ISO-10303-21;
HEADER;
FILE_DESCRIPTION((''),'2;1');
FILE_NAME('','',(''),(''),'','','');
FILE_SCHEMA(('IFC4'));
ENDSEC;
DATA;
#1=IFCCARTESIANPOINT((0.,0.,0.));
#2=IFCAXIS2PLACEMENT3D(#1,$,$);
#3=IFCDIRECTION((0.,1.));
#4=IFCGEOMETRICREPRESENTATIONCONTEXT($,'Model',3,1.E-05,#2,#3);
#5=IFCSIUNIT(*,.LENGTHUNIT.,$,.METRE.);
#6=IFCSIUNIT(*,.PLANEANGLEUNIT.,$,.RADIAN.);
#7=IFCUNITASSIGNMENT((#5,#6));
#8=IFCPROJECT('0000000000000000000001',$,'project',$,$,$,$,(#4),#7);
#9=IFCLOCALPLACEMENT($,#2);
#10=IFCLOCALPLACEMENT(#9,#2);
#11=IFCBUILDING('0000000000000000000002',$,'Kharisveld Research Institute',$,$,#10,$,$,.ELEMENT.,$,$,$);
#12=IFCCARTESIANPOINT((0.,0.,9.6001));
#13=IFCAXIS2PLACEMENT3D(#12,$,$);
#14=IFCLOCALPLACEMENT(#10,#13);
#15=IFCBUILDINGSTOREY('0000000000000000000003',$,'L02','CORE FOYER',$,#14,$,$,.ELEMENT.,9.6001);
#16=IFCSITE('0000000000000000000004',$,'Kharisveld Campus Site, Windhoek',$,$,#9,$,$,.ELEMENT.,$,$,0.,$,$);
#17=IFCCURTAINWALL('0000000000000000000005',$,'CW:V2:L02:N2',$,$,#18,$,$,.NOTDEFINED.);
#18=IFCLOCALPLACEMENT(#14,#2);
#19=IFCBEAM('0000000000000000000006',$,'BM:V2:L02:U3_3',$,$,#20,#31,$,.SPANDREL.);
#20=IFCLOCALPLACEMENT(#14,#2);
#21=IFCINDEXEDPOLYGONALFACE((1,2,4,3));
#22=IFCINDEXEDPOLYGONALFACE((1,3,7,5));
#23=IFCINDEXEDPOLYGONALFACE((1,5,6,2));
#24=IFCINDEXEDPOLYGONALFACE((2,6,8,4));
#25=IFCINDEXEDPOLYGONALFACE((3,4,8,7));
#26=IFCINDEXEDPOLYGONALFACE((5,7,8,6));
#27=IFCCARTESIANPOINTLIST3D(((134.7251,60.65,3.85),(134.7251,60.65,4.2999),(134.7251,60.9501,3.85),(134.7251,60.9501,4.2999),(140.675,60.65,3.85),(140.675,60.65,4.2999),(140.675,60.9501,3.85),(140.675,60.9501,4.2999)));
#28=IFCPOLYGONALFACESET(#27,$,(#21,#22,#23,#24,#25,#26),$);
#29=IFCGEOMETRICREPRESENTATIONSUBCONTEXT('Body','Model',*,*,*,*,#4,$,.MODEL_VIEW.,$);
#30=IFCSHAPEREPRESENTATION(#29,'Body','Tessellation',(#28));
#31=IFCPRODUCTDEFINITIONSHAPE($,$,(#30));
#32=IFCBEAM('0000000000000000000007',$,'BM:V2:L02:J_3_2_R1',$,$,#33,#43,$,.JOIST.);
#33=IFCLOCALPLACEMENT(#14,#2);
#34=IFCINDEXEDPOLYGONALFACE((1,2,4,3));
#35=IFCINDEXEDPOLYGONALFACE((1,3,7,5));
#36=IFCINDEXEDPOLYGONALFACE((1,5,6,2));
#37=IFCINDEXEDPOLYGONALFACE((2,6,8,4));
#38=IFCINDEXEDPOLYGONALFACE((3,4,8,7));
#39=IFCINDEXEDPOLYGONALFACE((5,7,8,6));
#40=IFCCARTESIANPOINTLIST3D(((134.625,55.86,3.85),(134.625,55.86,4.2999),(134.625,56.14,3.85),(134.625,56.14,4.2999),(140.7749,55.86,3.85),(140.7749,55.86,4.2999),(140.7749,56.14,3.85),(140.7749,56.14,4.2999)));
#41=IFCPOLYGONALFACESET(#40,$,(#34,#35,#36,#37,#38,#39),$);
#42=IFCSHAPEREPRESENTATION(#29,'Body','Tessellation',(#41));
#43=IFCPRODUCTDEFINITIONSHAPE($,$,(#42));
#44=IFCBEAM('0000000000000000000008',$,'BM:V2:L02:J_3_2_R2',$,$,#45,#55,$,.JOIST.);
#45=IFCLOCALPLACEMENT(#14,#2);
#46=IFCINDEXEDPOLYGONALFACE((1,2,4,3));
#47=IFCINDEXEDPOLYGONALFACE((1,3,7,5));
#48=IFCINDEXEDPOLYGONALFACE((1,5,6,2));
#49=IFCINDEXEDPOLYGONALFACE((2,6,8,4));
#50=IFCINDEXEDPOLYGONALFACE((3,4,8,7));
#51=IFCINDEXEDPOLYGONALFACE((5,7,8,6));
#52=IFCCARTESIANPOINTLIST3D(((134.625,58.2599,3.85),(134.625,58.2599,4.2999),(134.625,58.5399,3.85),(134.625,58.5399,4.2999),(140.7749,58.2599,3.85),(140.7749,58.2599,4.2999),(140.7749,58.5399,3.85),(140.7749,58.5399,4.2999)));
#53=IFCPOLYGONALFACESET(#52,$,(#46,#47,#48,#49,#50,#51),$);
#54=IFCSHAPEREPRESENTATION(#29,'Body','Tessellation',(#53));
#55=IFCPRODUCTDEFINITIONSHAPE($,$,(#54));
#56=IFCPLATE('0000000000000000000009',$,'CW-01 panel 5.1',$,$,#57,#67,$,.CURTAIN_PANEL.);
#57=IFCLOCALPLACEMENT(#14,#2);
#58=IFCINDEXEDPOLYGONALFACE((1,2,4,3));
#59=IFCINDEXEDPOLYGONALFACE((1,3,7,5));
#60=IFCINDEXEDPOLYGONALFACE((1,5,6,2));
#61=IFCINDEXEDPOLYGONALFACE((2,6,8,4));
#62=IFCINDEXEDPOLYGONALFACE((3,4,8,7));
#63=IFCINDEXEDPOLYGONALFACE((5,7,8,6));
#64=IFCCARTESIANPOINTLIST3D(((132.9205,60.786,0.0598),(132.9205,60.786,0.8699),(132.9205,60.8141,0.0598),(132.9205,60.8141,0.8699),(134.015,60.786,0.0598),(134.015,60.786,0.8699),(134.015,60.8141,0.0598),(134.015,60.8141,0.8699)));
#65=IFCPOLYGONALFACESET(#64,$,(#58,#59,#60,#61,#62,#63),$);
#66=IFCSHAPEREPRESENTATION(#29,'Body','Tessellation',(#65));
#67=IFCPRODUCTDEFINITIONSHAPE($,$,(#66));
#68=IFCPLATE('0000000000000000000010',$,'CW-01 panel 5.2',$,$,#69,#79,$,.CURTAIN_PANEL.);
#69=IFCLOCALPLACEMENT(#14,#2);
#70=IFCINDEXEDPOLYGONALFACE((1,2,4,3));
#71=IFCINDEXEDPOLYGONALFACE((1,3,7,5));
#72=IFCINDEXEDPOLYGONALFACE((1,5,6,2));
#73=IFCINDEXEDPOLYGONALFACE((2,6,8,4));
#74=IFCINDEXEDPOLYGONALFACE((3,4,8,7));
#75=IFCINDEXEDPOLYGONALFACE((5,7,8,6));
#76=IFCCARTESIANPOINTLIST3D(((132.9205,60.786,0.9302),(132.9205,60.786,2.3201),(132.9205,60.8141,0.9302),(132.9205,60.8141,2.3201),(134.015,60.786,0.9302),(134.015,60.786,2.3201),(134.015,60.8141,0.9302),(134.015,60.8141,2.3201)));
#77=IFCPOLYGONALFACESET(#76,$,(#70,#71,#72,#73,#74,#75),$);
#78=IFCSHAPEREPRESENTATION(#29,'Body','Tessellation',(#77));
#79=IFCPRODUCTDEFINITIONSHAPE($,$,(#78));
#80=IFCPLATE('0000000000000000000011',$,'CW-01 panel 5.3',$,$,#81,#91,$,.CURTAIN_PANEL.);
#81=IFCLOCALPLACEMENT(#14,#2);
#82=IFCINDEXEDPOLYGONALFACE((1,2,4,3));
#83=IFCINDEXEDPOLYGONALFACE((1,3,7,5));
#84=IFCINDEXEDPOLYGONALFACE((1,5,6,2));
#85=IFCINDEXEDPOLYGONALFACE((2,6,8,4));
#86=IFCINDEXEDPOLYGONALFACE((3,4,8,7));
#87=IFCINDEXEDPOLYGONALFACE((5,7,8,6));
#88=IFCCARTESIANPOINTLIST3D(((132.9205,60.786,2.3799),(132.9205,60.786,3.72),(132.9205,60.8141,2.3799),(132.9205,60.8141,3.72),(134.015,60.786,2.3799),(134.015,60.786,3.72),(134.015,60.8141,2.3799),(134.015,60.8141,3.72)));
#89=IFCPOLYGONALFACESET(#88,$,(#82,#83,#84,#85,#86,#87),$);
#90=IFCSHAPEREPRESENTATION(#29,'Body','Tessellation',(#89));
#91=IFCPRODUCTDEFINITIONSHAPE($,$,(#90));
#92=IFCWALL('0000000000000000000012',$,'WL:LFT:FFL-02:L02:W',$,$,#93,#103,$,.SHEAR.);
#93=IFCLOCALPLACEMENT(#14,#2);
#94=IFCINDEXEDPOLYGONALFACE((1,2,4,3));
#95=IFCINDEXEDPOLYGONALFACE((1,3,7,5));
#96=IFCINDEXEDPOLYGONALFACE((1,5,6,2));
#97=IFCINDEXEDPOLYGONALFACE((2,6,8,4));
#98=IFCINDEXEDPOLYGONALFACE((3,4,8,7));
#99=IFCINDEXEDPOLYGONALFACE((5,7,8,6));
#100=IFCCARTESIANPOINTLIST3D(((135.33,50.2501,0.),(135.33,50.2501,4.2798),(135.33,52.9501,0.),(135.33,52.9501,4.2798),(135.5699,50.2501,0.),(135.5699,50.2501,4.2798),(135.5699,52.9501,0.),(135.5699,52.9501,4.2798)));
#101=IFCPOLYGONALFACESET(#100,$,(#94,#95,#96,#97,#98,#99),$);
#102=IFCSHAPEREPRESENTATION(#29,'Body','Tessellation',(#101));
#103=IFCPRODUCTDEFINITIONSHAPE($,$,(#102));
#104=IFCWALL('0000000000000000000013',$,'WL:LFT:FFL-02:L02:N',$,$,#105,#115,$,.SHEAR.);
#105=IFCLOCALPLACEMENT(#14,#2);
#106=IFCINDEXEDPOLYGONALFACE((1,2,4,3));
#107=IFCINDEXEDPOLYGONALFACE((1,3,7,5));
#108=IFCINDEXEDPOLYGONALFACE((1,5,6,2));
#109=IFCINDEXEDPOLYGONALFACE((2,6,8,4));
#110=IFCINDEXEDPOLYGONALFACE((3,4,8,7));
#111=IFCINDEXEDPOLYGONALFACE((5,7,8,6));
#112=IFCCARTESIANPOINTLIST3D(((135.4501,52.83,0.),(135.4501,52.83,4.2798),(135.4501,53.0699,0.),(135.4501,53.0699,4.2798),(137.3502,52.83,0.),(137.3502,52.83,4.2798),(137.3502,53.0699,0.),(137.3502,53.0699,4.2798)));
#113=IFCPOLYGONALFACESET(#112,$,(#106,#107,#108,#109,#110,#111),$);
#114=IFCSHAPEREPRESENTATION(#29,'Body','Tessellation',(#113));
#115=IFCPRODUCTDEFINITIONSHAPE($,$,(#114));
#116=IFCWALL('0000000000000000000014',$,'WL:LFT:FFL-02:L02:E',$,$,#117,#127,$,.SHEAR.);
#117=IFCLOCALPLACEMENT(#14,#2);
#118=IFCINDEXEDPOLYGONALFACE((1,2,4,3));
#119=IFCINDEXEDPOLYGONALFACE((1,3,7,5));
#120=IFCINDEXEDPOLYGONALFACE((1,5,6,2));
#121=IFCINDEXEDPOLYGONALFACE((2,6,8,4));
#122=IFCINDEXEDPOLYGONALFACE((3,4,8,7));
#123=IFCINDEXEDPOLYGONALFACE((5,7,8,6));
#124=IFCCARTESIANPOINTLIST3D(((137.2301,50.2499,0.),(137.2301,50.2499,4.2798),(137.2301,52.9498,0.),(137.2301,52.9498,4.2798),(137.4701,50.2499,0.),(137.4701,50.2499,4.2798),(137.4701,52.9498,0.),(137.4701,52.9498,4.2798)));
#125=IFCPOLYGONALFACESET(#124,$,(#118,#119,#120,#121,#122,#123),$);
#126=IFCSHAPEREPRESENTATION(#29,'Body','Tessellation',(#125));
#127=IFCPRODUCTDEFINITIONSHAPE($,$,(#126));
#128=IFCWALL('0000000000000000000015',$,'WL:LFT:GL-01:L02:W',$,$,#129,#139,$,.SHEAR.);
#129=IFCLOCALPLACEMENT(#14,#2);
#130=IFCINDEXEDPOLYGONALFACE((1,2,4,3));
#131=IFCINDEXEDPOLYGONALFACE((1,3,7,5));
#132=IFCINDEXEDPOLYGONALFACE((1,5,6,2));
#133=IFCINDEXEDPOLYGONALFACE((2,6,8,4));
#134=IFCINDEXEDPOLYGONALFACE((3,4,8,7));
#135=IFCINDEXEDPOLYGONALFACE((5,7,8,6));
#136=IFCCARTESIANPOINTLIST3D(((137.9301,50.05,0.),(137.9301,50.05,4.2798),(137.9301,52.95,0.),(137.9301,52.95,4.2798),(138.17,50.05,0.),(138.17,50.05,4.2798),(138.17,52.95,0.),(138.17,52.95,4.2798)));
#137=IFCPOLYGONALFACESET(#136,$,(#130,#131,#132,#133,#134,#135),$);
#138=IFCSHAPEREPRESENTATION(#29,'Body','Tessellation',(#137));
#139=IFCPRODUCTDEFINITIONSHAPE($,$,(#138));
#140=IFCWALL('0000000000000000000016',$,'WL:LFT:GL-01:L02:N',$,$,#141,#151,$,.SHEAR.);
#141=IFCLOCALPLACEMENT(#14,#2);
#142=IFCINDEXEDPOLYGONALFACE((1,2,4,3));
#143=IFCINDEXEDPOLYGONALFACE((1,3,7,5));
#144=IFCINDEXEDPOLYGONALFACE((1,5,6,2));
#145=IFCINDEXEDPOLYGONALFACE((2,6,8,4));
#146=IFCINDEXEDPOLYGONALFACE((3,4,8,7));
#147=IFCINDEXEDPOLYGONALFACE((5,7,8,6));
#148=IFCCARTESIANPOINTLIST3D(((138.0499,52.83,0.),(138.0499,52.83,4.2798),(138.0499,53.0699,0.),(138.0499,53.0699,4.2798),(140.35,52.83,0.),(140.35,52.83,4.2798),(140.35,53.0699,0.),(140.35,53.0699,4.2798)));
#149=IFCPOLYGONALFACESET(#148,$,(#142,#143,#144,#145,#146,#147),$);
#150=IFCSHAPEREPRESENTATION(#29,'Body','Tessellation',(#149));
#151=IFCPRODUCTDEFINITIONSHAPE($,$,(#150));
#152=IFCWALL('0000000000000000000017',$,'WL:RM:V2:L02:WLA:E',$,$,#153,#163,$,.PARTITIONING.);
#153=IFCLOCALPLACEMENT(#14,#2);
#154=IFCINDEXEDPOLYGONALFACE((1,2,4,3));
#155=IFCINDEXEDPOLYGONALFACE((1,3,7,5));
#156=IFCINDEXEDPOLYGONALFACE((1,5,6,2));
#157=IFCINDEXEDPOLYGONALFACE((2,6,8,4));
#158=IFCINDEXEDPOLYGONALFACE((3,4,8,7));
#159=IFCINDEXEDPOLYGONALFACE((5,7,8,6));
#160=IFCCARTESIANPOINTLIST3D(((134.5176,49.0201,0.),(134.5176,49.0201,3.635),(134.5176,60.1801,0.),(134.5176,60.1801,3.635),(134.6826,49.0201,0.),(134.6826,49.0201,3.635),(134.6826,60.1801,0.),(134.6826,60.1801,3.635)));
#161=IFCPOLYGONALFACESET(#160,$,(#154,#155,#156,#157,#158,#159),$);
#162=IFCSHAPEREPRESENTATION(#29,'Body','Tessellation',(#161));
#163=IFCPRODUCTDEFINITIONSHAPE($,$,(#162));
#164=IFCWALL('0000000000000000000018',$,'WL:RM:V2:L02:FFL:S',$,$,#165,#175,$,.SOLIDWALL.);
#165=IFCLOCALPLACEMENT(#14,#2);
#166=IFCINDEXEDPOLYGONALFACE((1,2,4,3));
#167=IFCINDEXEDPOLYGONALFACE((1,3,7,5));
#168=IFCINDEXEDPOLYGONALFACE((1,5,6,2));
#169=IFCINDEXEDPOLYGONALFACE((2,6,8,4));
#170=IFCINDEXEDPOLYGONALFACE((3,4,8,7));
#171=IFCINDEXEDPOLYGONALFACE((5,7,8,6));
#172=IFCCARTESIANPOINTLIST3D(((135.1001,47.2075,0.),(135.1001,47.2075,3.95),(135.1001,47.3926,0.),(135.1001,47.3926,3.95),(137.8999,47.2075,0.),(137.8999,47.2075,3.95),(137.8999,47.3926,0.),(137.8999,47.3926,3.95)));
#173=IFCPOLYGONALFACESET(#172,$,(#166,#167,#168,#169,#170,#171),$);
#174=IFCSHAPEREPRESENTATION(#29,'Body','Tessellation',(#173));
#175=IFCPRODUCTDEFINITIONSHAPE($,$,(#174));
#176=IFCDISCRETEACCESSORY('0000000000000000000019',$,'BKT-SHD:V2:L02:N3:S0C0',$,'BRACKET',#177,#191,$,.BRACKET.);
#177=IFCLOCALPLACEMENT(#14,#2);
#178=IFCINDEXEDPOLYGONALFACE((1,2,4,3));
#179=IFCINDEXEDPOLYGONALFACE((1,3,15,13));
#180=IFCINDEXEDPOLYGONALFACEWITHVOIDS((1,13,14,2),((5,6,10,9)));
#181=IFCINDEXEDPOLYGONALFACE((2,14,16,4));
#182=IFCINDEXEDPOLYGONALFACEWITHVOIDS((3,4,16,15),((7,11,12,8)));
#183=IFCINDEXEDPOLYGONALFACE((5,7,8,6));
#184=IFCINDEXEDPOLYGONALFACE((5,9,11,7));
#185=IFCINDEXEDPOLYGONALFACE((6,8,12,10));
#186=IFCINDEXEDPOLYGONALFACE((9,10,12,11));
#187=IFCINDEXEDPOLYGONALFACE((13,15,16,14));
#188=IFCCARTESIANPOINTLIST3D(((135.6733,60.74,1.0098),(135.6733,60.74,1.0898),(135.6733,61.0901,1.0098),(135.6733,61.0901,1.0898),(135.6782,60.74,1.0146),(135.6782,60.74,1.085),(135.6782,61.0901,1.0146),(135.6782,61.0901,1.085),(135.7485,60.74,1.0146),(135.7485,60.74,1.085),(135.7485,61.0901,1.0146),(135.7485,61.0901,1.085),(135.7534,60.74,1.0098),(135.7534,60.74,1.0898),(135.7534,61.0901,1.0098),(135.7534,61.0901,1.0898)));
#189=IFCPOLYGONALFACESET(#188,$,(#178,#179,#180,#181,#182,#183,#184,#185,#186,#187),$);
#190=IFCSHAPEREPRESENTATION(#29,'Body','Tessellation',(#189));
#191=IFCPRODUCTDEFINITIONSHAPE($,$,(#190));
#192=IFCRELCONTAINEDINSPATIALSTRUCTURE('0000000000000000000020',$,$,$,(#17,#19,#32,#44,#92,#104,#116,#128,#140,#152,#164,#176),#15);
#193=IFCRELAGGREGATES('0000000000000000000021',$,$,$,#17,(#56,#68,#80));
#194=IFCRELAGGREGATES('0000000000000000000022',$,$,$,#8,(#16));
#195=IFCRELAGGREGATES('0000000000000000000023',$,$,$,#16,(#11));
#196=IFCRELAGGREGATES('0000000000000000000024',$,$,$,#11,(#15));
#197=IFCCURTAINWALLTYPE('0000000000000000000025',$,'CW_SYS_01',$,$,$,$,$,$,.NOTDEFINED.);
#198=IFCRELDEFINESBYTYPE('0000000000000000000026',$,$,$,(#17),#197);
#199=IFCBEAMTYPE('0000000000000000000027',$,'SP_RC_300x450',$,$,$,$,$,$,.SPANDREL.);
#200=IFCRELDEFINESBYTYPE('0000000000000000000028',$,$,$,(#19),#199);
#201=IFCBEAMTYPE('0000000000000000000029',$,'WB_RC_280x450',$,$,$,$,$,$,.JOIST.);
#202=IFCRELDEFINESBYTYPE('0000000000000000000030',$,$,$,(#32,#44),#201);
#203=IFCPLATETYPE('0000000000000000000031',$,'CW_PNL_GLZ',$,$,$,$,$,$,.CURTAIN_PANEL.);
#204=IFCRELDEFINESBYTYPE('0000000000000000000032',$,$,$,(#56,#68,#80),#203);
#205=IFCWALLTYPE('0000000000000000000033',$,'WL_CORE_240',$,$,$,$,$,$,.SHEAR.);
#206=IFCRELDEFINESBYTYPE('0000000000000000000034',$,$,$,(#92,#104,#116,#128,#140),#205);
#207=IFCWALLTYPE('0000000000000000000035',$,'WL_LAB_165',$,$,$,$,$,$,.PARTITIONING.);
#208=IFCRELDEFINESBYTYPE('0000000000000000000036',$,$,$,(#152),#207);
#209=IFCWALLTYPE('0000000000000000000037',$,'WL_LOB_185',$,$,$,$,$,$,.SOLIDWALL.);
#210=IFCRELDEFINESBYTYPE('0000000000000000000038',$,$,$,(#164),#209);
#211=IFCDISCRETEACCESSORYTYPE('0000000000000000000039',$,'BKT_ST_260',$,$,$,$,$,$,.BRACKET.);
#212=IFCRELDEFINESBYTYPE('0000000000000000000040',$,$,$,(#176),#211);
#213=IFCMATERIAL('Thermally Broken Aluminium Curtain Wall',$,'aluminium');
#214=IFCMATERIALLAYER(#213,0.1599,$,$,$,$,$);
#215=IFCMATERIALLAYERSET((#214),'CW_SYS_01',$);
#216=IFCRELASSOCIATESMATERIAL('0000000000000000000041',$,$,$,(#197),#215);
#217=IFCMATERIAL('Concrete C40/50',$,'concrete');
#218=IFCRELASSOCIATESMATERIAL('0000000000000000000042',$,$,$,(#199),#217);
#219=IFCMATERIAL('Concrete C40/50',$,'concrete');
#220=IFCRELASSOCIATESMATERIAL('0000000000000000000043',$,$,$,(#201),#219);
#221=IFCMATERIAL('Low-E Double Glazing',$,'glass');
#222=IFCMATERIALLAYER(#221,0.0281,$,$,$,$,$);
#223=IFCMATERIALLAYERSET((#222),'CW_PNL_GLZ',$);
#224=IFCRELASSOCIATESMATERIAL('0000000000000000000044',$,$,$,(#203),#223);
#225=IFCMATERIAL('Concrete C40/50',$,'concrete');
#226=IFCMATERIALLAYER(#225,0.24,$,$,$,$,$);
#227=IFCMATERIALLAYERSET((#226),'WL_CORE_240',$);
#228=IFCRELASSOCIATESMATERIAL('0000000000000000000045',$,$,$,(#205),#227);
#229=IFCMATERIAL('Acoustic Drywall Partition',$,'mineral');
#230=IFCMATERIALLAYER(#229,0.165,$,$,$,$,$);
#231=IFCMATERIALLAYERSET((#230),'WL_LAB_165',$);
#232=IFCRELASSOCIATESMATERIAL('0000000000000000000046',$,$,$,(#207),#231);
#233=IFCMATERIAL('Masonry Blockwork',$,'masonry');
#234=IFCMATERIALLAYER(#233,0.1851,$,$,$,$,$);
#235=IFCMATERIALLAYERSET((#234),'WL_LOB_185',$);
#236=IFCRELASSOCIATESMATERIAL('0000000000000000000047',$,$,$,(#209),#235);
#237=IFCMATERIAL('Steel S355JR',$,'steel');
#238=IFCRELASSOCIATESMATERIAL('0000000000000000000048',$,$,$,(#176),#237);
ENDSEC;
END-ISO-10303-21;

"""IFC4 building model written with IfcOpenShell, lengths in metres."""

from ifc_helpers import new_model, si_unit, direction, frame, frame_2d, origin, origin_2d, place, context, subcontext, project, spatial, rectangle, hollow_rectangle, extrude, material, layer, layer_set, material_profile, profile_set, type_object, element, aggregate, save


model = new_model("IFC4")

# Units and contexts
model_context = context("Model", 3, precision=1e-05, world=origin(), true_north=direction((0.0, 1.0)))
body_context = subcontext(model_context, "Body", "Model", "MODEL_VIEW")
ifc_project = project(units=[si_unit("LENGTHUNIT", "METRE"), si_unit("PLANEANGLEUNIT", "RADIAN")], contexts=[model_context])

# Site, building, storey
site_placement = place(None, origin())
site = spatial("IfcSite", under=ifc_project, at=site_placement, Name="Kharisveld Campus Site, Windhoek", CompositionType="ELEMENT", RefElevation=0.0)
building_placement = place(site_placement, origin())
building = spatial("IfcBuilding", under=site, at=building_placement, Name="Kharisveld Research Institute", CompositionType="ELEMENT")
storey_placement = place(building_placement, frame((0.0, 0.0, 9.6001)))
storey = spatial("IfcBuildingStorey", under=building, at=storey_placement, Name="L02", Description="CORE FOYER", CompositionType="ELEMENT", Elevation=9.6001)

# Curtain wall
ifc_material_1 = material(Name="Thermally Broken Aluminium Curtain Wall", Category="aluminium")
ifc_layer_1 = layer(ifc_material_1, 0.1599)
ifc_layer_set_1 = layer_set([ifc_layer_1], Name="CW_SYS_01")
curtain_wall_type_1 = type_object("IfcCurtainWallType", Name="CW_SYS_01", PredefinedType="NOTDEFINED", material=ifc_layer_set_1)
curtain_wall_1_placement = place(storey_placement, origin())
curtain_wall_1 = element("IfcCurtainWall", 1, at=curtain_wall_1_placement, inside=storey, type_object=curtain_wall_type_1, Name="CW:V2:L02:N2", PredefinedType="NOTDEFINED")

# Beams
ifc_material_2 = material(Name="Concrete C40/50", Category="concrete")
ifc_material_profile_1 = material_profile(ifc_material_2, rectangle(XDim=0.3, YDim=0.45, at=origin_2d()))
ifc_profile_set_1 = profile_set([ifc_material_profile_1], Name="Concrete C40/50")
beam_type_1 = type_object("IfcBeamType", Name="SP_RC_300x450", PredefinedType="SPANDREL", material=ifc_profile_set_1)
beam_1_placement = place(storey_placement, frame((134.7251, 60.8, 4.075), z_axis=(1.0, 0.0, 0.0), x_axis=(0.0, 1.0, 0.0)))
element("IfcBeam", 2, at=beam_1_placement, inside=storey, type_object=beam_type_1, Name="BM:V2:L02:U3_3", PredefinedType="SPANDREL", context=body_context, shape_type="SweptSolid", body=[
    extrude(rectangle(XDim=0.3, YDim=0.45, at=origin_2d()), origin(), (0.0, 0.0, 1.0), 5.95),
])
ifc_material_3 = material(Name="Concrete C40/50", Category="concrete")
ifc_material_profile_2 = material_profile(ifc_material_3, rectangle(XDim=0.28, YDim=0.45, at=origin_2d()))
ifc_profile_set_2 = profile_set([ifc_material_profile_2], Name="Concrete C40/50")
beam_type_2 = type_object("IfcBeamType", Name="WB_RC_280x450", PredefinedType="JOIST", material=ifc_profile_set_2)
for number, where, z_axis, x_axis, name in (
    (3, (134.625, 56.0, 4.075), (1.0, 0.0, 0.0), (0.0, 1.0, 0.0), "BM:V2:L02:J_3_2_R1"),
    (4, (134.625, 58.3999, 4.075), (1.0, 0.0, 0.0), (0.0, 1.0, 0.0), "BM:V2:L02:J_3_2_R2"),
):
    element("IfcBeam", number, at=place(storey_placement, frame(where, z_axis=z_axis, x_axis=x_axis)), inside=storey, type_object=beam_type_2, Name=name, PredefinedType="JOIST", context=body_context, shape_type="SweptSolid", body=[
        extrude(rectangle(XDim=0.28, YDim=0.45, at=origin_2d()), origin(), (0.0, 0.0, 1.0), 6.1499),
    ])

# Plates
ifc_material_4 = material(Name="Low-E Double Glazing", Category="glass")
ifc_layer_2 = layer(ifc_material_4, 0.0281)
ifc_layer_set_2 = layer_set([ifc_layer_2], Name="CW_PNL_GLZ")
plate_type = type_object("IfcPlateType", Name="CW_PNL_GLZ", PredefinedType="CURTAIN_PANEL", material=ifc_layer_set_2)
plate_1_placement = place(storey_placement, frame((133.4678, 60.8, 0.0598), z_axis=(0.0, 0.0, 1.0), x_axis=(1.0, 0.0, 0.0)))
plate_1 = element("IfcPlate", 5, at=plate_1_placement, type_object=plate_type, Name="CW-01 panel 5.1", PredefinedType="CURTAIN_PANEL", context=body_context, shape_type="SweptSolid", body=[
    extrude(rectangle(XDim=1.0945, YDim=0.0281, at=origin_2d()), origin(), (0.0, 0.0, 1.0), 0.8101),
])
plate_2_placement = place(storey_placement, frame((133.4678, 60.8, 0.9302), z_axis=(0.0, 0.0, 1.0), x_axis=(1.0, 0.0, 0.0)))
plate_2 = element("IfcPlate", 6, at=plate_2_placement, type_object=plate_type, Name="CW-01 panel 5.2", PredefinedType="CURTAIN_PANEL", context=body_context, shape_type="SweptSolid", body=[
    extrude(rectangle(XDim=1.0945, YDim=0.0281, at=origin_2d()), origin(), (0.0, 0.0, 1.0), 1.3899),
])
plate_3_placement = place(storey_placement, frame((133.4678, 60.8, 2.3799), z_axis=(0.0, 0.0, 1.0), x_axis=(1.0, 0.0, 0.0)))
plate_3 = element("IfcPlate", 7, at=plate_3_placement, type_object=plate_type, Name="CW-01 panel 5.3", PredefinedType="CURTAIN_PANEL", context=body_context, shape_type="SweptSolid", body=[
    extrude(rectangle(XDim=1.0945, YDim=0.0281, at=origin_2d()), origin(), (0.0, 0.0, 1.0), 1.3401),
])
aggregate(curtain_wall_1, [plate_1, plate_2, plate_3])

# Walls
ifc_material_5 = material(Name="Concrete C40/50", Category="concrete")
ifc_layer_3 = layer(ifc_material_5, 0.24)
ifc_layer_set_3 = layer_set([ifc_layer_3], Name="WL_CORE_240")
wall_type_1 = type_object("IfcWallType", Name="WL_CORE_240", PredefinedType="SHEAR", material=ifc_layer_set_3)
wall_1_placement = place(storey_placement, frame((135.45, 50.25, 0.0), z_axis=(0.0, 0.0, 1.0), x_axis=(0.0, 1.0, 0.0)))
element("IfcWall", 8, at=wall_1_placement, inside=storey, type_object=wall_type_1, Name="WL:LFT:FFL-02:L02:W", PredefinedType="SHEAR", context=body_context, shape_type="SweptSolid", body=[
    extrude(rectangle(XDim=2.7, YDim=0.24, at=frame_2d((1.3501, 0.0))), origin(), (0.0, 0.0, 1.0), 4.2798),
])
wall_2_placement = place(storey_placement, frame((135.45, 52.95, 0.0), z_axis=(0.0, 0.0, 1.0), x_axis=(1.0, 0.0, 0.0)))
element("IfcWall", 9, at=wall_2_placement, inside=storey, type_object=wall_type_1, Name="WL:LFT:FFL-02:L02:N", PredefinedType="SHEAR", context=body_context, shape_type="SweptSolid", body=[
    extrude(rectangle(XDim=1.9001, YDim=0.24, at=frame_2d((0.9502, 0.0))), origin(), (0.0, 0.0, 1.0), 4.2798),
])
wall_3_placement = place(storey_placement, frame((137.3501, 52.95, 0.0), z_axis=(0.0, 0.0, 1.0), x_axis=(0.0, -1.0, 0.0)))
element("IfcWall", 10, at=wall_3_placement, inside=storey, type_object=wall_type_1, Name="WL:LFT:FFL-02:L02:E", PredefinedType="SHEAR", context=body_context, shape_type="SweptSolid", body=[
    extrude(rectangle(XDim=2.7, YDim=0.24, at=frame_2d((1.3501, 0.0))), origin(), (0.0, 0.0, 1.0), 4.2798),
])

# Walls
wall_4_placement = place(storey_placement, frame((138.05, 50.05, 0.0), z_axis=(0.0, 0.0, 1.0), x_axis=(0.0, 1.0, 0.0)))
element("IfcWall", 11, at=wall_4_placement, inside=storey, type_object=wall_type_1, Name="WL:LFT:GL-01:L02:W", PredefinedType="SHEAR", context=body_context, shape_type="SweptSolid", body=[
    extrude(rectangle(XDim=2.8999, YDim=0.24, at=frame_2d((1.45, 0.0))), origin(), (0.0, 0.0, 1.0), 4.2798),
])
wall_5_placement = place(storey_placement, frame((138.05, 52.95, 0.0), z_axis=(0.0, 0.0, 1.0), x_axis=(1.0, 0.0, 0.0)))
element("IfcWall", 12, at=wall_5_placement, inside=storey, type_object=wall_type_1, Name="WL:LFT:GL-01:L02:N", PredefinedType="SHEAR", context=body_context, shape_type="SweptSolid", body=[
    extrude(rectangle(XDim=2.3, YDim=0.24, at=frame_2d((1.1499, 0.0))), origin(), (0.0, 0.0, 1.0), 4.2798),
])
ifc_material_6 = material(Name="Acoustic Drywall Partition", Category="mineral")
ifc_layer_4 = layer(ifc_material_6, 0.165)
ifc_layer_set_4 = layer_set([ifc_layer_4], Name="WL_LAB_165")
wall_type_2 = type_object("IfcWallType", Name="WL_LAB_165", PredefinedType="PARTITIONING", material=ifc_layer_set_4)
wall_6_placement = place(storey_placement, frame((134.6001, 49.02, 0.0), z_axis=(0.0, 0.0, 1.0), x_axis=(0.0, 1.0, 0.0)))
element("IfcWall", 13, at=wall_6_placement, inside=storey, type_object=wall_type_2, Name="WL:RM:V2:L02:WLA:E", PredefinedType="PARTITIONING", context=body_context, shape_type="SweptSolid", body=[
    extrude(rectangle(XDim=11.1599, YDim=0.165, at=frame_2d((5.5801, 0.0))), origin(), (0.0, 0.0, 1.0), 3.635),
])
ifc_material_7 = material(Name="Masonry Blockwork", Category="masonry")
ifc_layer_5 = layer(ifc_material_7, 0.1851)
ifc_layer_set_5 = layer_set([ifc_layer_5], Name="WL_LOB_185")
wall_type_3 = type_object("IfcWallType", Name="WL_LOB_185", PredefinedType="SOLIDWALL", material=ifc_layer_set_5)
wall_7_placement = place(storey_placement, frame((135.1001, 47.3, 0.0), z_axis=(0.0, 0.0, 1.0), x_axis=(1.0, 0.0, 0.0)))
element("IfcWall", 14, at=wall_7_placement, inside=storey, type_object=wall_type_3, Name="WL:RM:V2:L02:FFL:S", PredefinedType="SOLIDWALL", context=body_context, shape_type="SweptSolid", body=[
    extrude(rectangle(XDim=2.7998, YDim=0.1851, at=frame_2d((1.3999, 0.0))), origin(), (0.0, 0.0, 1.0), 3.95),
])

# Discrete accessory
ifc_material_8 = material(Name="Steel S355JR", Category="steel")
discrete_accessory_type = type_object("IfcDiscreteAccessoryType", Name="BKT_ST_260", PredefinedType="BRACKET")
for number, where, z_axis, x_axis, name in (
    (15, (135.7134, 60.74, 1.0498), (0.0, 1.0, 0.0), (-1.0, 0.0, 0.0), "BKT-SHD:V2:L02:N3:S0C0"),
):
    element("IfcDiscreteAccessory", number, at=place(storey_placement, frame(where, z_axis=z_axis, x_axis=x_axis)), inside=storey, type_object=discrete_accessory_type, material=ifc_material_8, Name=name, ObjectType="BRACKET", PredefinedType="BRACKET", context=body_context, shape_type="SweptSolid", body=[
        extrude(hollow_rectangle(XDim=0.0801, YDim=0.0801, WallThickness=0.0049, at=origin_2d()), origin(), (0.0, 0.0, 1.0), 0.3501),
    ])

save(model, "model.ifc")
